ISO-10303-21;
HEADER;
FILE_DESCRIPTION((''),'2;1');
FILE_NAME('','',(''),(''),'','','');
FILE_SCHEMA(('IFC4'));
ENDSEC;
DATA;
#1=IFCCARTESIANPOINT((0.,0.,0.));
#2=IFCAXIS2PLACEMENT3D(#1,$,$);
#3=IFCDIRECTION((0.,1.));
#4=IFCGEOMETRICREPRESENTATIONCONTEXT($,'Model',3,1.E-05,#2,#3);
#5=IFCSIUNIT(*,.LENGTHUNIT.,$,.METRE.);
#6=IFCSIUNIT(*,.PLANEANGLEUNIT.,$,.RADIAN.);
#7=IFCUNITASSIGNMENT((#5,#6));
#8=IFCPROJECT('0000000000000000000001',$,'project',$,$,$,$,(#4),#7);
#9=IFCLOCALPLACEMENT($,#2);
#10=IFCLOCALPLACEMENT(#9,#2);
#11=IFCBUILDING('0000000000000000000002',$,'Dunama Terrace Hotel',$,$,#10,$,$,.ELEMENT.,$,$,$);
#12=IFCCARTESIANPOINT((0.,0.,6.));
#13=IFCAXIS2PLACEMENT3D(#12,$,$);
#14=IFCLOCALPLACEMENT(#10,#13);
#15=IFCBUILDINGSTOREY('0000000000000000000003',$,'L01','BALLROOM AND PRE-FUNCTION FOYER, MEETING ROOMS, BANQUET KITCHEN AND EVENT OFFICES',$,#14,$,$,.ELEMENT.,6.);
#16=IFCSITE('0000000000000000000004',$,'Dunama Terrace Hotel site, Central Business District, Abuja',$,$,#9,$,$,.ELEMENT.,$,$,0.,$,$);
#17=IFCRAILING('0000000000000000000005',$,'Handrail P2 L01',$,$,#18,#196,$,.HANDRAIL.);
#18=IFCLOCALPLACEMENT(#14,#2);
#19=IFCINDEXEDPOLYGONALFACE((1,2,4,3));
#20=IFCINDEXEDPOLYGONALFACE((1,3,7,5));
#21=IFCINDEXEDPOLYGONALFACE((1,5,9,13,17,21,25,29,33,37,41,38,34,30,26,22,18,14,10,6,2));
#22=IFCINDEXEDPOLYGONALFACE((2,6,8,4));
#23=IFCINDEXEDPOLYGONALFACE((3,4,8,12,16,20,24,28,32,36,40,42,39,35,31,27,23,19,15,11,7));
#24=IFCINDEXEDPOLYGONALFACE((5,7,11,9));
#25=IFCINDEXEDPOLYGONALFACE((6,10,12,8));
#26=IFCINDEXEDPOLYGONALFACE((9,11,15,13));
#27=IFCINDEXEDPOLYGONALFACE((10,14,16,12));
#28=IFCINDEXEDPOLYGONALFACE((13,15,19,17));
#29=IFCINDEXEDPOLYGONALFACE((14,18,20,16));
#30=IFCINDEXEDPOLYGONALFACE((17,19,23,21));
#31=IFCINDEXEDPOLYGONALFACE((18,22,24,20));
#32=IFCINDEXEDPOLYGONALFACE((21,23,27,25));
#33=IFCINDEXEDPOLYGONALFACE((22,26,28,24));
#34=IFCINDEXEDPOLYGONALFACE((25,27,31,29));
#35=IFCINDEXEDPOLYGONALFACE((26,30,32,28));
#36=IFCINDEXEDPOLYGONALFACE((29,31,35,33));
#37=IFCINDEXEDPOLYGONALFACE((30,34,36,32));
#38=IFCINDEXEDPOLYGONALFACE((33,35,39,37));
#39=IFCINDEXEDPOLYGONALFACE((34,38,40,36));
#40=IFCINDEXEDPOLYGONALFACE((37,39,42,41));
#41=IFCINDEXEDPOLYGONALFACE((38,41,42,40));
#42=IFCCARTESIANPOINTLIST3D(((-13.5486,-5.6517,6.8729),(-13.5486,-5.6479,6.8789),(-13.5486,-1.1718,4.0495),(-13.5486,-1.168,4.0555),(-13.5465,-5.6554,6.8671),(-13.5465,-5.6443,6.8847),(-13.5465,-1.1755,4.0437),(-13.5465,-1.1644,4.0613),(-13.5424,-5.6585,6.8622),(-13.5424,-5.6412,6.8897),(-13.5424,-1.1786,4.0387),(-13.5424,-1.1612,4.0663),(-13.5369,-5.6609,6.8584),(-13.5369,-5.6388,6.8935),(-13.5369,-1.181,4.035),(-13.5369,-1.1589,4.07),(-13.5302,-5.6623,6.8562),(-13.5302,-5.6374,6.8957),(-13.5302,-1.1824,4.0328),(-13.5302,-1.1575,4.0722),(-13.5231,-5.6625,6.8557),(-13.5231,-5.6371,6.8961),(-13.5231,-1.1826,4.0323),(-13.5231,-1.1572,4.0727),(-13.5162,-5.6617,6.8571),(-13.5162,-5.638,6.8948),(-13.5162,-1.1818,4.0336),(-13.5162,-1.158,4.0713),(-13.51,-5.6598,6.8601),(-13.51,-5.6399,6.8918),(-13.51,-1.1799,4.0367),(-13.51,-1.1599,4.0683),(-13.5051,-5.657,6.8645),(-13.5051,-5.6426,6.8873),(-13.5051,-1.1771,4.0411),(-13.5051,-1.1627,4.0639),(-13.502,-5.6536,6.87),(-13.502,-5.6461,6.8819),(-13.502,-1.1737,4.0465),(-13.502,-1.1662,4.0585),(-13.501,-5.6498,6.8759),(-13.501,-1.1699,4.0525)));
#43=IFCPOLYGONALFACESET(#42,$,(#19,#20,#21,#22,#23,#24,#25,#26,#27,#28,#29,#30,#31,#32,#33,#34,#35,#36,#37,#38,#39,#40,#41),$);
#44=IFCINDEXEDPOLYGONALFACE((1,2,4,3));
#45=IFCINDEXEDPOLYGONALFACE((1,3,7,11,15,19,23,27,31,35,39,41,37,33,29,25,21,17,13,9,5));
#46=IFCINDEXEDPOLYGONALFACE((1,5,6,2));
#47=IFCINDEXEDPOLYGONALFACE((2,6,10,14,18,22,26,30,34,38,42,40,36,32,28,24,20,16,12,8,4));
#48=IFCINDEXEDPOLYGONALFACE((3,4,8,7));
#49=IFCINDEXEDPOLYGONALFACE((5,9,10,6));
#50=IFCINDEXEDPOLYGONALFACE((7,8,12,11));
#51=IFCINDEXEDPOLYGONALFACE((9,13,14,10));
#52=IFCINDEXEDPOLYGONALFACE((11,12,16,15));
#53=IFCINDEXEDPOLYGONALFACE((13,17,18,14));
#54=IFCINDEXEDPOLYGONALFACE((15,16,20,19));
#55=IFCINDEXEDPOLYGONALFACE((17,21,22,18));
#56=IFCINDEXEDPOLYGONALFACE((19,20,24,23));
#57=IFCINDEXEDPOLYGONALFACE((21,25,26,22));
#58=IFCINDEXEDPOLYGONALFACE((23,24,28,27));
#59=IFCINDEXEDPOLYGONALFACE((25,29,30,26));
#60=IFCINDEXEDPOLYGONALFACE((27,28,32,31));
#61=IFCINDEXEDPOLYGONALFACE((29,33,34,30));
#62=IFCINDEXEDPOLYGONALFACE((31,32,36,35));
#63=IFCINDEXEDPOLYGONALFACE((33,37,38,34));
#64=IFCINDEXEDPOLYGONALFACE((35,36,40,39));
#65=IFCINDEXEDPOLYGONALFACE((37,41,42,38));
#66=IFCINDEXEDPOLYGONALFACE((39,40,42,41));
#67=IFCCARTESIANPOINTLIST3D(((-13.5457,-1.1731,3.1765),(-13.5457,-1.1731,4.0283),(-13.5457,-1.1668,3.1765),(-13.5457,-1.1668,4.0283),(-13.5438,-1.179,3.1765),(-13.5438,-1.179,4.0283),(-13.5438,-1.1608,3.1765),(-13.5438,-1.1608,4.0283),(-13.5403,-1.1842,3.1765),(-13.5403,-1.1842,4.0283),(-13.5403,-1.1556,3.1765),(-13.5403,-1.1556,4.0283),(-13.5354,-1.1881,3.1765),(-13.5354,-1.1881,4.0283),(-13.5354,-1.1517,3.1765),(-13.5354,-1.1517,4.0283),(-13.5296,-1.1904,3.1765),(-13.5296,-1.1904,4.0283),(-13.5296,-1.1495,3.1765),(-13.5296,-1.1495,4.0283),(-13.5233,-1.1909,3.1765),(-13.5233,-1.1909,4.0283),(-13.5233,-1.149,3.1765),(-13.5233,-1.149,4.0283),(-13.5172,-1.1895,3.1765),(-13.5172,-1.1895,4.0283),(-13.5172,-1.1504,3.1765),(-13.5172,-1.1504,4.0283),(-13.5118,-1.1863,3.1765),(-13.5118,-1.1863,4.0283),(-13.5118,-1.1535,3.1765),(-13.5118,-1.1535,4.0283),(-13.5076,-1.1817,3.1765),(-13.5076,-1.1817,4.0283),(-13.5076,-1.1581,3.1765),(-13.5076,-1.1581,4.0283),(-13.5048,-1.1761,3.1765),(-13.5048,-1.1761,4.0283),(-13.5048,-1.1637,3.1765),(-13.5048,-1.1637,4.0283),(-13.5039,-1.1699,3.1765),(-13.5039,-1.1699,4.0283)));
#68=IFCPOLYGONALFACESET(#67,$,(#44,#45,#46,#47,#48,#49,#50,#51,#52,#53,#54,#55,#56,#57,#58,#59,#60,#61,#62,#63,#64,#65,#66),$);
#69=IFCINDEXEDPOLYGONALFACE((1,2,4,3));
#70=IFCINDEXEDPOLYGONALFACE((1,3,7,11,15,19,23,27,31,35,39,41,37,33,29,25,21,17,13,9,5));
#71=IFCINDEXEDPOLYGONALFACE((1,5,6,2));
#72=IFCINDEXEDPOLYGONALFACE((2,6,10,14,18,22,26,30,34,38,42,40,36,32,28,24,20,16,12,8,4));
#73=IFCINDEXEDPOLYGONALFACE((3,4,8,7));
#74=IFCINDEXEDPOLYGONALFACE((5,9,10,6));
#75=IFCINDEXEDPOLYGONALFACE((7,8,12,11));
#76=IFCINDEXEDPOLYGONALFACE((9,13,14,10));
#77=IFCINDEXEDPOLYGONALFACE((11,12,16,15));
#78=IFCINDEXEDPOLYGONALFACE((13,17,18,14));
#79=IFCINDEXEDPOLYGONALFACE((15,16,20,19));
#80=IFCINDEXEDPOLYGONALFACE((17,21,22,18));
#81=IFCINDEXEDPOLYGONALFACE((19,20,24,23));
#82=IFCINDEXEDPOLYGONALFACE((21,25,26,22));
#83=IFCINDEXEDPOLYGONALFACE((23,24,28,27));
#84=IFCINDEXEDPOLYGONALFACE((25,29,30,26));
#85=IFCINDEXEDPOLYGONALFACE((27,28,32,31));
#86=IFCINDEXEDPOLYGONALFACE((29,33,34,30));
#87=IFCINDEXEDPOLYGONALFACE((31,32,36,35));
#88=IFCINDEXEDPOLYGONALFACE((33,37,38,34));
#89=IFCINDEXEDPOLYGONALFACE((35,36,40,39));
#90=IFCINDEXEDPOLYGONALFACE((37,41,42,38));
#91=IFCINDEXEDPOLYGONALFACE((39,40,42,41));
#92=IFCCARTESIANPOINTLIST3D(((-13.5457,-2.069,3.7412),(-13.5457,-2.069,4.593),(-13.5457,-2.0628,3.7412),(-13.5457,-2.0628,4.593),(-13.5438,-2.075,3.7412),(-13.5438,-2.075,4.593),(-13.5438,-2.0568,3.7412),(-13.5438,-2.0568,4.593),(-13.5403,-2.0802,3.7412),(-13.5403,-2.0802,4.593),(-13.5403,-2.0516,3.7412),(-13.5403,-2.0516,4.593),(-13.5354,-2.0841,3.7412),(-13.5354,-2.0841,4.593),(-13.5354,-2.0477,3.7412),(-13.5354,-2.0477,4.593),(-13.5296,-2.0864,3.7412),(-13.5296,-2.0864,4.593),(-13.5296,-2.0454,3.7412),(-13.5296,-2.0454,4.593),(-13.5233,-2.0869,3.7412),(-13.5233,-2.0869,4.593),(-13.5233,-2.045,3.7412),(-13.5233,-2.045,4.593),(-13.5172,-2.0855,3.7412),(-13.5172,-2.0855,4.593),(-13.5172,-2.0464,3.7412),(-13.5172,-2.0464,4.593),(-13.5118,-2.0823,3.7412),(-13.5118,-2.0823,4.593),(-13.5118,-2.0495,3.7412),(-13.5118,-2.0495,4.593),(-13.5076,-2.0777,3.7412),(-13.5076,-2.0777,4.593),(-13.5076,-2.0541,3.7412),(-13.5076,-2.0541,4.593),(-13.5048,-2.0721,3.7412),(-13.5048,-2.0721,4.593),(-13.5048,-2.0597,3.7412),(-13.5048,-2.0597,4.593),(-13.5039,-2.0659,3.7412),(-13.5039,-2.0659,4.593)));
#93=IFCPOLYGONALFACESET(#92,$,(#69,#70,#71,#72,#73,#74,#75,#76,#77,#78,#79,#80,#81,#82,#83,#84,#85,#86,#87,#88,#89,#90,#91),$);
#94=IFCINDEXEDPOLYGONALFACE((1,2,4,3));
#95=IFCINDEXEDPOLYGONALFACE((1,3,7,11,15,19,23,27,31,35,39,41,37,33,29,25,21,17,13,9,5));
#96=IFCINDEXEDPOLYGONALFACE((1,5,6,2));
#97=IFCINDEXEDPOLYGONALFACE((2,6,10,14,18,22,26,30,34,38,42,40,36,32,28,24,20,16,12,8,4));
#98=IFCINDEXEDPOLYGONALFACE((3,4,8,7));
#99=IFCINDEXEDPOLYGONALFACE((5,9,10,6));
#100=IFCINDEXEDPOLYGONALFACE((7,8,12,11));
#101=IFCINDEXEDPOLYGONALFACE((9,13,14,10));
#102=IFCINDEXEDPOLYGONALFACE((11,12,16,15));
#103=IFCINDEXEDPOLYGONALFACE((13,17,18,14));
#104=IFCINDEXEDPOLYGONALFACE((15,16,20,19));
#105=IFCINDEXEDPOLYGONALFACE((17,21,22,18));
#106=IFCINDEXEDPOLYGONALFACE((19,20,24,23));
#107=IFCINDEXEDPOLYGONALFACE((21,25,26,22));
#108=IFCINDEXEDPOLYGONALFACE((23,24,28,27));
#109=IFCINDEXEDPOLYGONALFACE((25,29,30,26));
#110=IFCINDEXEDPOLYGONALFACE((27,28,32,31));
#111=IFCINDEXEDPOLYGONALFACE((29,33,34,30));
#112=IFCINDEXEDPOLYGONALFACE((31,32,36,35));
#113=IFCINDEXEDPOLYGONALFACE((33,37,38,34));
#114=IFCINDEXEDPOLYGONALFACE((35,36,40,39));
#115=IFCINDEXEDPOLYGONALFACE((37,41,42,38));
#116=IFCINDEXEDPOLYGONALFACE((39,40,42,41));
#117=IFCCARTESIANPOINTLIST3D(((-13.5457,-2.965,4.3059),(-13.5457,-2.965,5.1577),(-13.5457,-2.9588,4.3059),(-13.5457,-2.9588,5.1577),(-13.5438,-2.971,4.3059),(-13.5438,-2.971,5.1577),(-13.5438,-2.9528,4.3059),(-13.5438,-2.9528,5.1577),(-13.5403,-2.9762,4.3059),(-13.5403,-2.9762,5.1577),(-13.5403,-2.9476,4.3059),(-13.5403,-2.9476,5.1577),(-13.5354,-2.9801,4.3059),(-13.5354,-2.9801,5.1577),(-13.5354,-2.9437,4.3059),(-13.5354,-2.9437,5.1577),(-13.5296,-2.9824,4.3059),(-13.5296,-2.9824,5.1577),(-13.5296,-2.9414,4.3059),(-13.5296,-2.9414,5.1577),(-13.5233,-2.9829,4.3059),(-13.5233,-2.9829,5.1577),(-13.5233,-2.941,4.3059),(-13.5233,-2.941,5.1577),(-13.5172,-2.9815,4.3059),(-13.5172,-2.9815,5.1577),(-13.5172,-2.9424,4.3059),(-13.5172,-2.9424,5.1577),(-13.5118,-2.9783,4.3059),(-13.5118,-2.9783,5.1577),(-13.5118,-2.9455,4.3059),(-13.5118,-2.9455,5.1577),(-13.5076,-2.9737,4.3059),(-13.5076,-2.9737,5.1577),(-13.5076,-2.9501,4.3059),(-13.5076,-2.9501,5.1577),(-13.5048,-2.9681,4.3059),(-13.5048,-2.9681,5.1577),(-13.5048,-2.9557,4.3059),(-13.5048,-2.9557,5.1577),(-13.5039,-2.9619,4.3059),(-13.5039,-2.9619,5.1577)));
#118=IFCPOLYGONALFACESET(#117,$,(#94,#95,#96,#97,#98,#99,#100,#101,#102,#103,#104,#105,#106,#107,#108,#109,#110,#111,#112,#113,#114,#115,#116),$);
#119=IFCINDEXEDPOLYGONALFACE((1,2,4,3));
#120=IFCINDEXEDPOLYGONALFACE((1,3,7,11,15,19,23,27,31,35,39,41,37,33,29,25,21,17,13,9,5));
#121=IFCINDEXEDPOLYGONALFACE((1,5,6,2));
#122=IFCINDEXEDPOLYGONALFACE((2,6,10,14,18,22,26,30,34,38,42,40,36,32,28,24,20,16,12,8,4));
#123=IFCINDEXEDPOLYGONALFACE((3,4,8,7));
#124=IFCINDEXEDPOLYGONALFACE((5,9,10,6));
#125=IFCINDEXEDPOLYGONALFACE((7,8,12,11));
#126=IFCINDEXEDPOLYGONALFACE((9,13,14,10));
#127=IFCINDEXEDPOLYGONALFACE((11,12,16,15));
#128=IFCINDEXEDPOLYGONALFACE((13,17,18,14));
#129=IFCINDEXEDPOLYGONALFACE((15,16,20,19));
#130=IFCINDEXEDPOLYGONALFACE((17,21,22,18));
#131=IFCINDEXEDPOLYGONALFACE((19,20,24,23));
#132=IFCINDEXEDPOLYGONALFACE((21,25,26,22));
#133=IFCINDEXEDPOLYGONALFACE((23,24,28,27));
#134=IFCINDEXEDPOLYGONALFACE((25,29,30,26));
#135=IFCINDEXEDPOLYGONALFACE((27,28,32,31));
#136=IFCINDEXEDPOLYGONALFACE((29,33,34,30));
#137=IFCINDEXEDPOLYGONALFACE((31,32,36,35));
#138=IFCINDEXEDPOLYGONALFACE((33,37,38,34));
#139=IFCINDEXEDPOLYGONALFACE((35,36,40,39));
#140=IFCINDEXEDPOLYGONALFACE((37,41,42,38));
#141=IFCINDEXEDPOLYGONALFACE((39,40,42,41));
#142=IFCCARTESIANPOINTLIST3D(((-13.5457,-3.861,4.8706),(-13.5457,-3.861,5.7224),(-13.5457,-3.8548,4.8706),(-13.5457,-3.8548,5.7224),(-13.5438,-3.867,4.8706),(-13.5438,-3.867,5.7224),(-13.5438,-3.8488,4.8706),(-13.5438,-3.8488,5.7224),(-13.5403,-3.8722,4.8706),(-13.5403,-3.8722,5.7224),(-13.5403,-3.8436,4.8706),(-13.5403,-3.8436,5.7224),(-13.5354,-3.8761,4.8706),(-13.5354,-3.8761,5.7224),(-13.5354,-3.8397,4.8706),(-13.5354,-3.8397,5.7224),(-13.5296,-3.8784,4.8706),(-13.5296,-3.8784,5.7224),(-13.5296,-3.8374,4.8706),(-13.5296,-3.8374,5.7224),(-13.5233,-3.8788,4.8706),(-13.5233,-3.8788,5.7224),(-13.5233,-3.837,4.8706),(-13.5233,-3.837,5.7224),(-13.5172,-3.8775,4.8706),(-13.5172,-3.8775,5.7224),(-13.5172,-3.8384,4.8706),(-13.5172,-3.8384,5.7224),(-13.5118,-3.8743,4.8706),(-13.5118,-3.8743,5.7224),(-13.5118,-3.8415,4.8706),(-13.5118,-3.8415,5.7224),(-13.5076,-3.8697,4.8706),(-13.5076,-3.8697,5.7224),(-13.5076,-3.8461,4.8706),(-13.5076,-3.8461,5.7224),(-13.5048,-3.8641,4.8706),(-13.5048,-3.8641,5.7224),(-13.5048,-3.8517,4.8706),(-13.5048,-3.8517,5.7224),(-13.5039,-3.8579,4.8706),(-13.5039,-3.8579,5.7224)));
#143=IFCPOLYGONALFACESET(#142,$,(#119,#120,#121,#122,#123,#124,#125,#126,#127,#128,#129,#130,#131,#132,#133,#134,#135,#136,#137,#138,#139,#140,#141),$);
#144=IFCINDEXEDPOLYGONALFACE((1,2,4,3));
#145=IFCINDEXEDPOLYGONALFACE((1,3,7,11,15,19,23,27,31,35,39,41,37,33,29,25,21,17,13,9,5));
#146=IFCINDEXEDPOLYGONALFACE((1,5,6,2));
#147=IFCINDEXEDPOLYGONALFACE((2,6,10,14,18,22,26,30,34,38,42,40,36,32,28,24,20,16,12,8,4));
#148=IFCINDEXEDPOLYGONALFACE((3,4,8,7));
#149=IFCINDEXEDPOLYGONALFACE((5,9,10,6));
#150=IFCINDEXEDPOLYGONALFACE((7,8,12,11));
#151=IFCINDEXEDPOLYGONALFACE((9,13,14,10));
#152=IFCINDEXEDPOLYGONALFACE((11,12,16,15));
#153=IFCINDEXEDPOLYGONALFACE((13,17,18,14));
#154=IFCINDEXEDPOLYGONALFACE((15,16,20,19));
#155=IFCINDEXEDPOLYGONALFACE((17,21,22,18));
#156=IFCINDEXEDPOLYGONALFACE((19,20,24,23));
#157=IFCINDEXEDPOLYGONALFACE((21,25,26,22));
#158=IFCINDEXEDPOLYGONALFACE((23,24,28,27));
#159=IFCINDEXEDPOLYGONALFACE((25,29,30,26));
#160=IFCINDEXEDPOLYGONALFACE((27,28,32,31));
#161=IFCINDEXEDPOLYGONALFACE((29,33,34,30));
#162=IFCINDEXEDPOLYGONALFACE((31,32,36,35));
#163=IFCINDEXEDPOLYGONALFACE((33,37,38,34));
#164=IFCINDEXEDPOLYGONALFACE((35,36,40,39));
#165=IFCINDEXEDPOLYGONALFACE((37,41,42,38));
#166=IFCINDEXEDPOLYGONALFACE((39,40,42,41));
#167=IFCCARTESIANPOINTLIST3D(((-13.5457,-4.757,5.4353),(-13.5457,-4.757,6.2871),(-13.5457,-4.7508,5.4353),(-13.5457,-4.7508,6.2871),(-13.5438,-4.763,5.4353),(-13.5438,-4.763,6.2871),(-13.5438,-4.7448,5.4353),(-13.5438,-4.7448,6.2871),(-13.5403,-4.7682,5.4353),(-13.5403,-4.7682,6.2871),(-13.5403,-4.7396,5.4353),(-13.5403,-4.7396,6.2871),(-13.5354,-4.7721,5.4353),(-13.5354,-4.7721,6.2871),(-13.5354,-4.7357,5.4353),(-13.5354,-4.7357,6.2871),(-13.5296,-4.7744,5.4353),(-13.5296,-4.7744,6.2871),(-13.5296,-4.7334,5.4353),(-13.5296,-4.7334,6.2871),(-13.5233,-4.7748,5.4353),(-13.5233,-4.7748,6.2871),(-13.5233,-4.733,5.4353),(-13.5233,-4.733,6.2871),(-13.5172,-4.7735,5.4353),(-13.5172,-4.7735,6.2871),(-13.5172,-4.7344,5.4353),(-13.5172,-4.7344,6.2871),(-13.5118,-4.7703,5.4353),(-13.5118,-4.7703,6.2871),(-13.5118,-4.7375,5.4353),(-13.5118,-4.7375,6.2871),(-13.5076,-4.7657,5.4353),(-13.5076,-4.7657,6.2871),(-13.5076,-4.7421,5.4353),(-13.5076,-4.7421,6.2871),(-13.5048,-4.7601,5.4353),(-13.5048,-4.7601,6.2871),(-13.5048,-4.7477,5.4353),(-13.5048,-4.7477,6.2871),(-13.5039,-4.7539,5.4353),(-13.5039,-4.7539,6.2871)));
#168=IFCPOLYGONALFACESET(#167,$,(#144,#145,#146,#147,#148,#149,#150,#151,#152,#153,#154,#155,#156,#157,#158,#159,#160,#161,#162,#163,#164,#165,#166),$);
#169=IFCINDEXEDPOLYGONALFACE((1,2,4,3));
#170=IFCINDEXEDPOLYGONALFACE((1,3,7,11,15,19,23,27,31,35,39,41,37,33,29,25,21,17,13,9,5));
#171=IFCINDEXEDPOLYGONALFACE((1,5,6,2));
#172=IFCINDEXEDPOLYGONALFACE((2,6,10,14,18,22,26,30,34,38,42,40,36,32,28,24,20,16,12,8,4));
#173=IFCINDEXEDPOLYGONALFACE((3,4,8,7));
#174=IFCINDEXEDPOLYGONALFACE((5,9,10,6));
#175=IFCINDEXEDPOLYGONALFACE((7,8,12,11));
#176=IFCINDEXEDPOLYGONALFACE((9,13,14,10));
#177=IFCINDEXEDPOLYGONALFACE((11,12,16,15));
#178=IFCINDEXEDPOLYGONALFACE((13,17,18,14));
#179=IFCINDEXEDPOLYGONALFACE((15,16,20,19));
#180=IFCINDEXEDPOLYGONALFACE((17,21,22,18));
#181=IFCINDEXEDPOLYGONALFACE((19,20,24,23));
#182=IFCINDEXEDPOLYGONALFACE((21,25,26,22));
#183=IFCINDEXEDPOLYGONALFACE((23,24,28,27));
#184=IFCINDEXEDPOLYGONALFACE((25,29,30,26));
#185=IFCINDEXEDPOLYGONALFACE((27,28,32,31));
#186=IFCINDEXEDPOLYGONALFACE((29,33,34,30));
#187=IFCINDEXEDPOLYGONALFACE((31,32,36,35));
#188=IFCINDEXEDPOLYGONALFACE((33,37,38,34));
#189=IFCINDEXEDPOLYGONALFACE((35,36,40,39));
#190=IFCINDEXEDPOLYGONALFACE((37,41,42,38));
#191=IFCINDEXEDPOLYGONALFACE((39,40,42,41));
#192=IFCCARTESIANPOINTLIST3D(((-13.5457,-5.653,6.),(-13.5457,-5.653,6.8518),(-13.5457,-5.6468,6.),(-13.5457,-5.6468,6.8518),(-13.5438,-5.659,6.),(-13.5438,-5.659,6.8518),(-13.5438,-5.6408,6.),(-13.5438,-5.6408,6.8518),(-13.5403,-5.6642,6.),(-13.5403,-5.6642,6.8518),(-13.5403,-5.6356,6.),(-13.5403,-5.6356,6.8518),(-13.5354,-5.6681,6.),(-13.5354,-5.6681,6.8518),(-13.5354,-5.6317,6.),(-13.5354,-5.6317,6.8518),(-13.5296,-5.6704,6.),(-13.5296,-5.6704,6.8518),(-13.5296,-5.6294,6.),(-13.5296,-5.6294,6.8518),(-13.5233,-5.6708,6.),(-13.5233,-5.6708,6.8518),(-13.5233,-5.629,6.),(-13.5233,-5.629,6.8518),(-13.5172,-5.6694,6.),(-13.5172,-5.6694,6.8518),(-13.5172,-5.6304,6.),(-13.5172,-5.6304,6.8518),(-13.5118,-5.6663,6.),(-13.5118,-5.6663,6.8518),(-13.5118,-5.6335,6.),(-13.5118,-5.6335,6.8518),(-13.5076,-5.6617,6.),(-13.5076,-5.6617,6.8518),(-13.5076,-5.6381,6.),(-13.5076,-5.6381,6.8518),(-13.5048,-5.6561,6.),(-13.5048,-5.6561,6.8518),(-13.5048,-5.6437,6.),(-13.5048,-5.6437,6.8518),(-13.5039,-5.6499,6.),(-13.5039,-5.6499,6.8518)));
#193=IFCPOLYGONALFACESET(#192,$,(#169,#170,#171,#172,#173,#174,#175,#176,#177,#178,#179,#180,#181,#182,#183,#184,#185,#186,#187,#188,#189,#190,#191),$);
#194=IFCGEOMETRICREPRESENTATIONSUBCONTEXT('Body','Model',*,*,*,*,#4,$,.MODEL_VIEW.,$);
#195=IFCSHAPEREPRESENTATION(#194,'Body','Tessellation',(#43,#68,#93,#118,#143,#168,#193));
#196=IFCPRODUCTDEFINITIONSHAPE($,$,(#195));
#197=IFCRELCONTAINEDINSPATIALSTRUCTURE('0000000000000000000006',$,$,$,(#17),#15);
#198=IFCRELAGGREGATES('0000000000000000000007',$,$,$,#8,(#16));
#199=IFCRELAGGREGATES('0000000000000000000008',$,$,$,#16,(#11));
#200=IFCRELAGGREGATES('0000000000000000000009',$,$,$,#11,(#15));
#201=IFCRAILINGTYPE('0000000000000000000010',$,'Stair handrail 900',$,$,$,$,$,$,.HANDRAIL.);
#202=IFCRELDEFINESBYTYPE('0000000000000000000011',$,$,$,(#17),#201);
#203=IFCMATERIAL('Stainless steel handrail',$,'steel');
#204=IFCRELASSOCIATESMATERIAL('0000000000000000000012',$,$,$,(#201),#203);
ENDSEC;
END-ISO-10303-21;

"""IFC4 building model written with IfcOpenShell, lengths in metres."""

from ifc_helpers import new_model, si_unit, direction, frame, origin, origin_2d, place, context, subcontext, project, spatial, circle, extrude, material, type_object, element, save


model = new_model("IFC4")

# Units and contexts
model_context = context("Model", 3, precision=1e-05, world=origin(), true_north=direction((0.0, 1.0)))
body_context = subcontext(model_context, "Body", "Model", "MODEL_VIEW")
ifc_project = project(units=[si_unit("LENGTHUNIT", "METRE"), si_unit("PLANEANGLEUNIT", "RADIAN")], contexts=[model_context])

# Site, building, storey
site_placement = place(None, origin())
site = spatial("IfcSite", under=ifc_project, at=site_placement, Name="Dunama Terrace Hotel site, Central Business District, Abuja", CompositionType="ELEMENT", RefElevation=0.0)
building_placement = place(site_placement, origin())
building = spatial("IfcBuilding", under=site, at=building_placement, Name="Dunama Terrace Hotel", CompositionType="ELEMENT")
storey_placement = place(building_placement, frame((0.0, 0.0, 6.0)))
storey = spatial("IfcBuildingStorey", under=building, at=storey_placement, Name="L01", Description="BALLROOM AND PRE-FUNCTION FOYER, MEETING ROOMS, BANQUET KITCHEN AND EVENT OFFICES", CompositionType="ELEMENT", Elevation=6.0)

# Railing
ifc_material_1 = material(Name="Stainless steel handrail", Category="steel")
railing_type = type_object("IfcRailingType", Name="Stair handrail 900", PredefinedType="HANDRAIL", material=ifc_material_1)
railing_placement = place(storey_placement, frame((-13.5249, -1.1699, 3.1765)))
element("IfcRailing", 1, at=railing_placement, inside=storey, type_object=railing_type, Name="Handrail P2 L01", PredefinedType="HANDRAIL", context=body_context, shape_type="SweptSolid", body=[
    extrude(circle(Radius=0.0239, at=origin_2d()), frame((0.0, 0.0, 0.876), z_axis=(0.0, -0.845998, 0.533186), x_axis=(1.0, 0.0, 0.0)), (0.0, 0.0, 1.0), 5.2954),
    extrude(circle(Radius=0.021, at=origin_2d()), origin(), (0.0, 0.0, 1.0), 0.8518),
    extrude(circle(Radius=0.021, at=origin_2d()), frame((0.0, -0.896, 0.5647)), (0.0, 0.0, 1.0), 0.8518),
    extrude(circle(Radius=0.021, at=origin_2d()), frame((0.0, -1.792, 1.1294)), (0.0, 0.0, 1.0), 0.8518),
    extrude(circle(Radius=0.021, at=origin_2d()), frame((0.0, -2.688, 1.6941)), (0.0, 0.0, 1.0), 0.8518),
    extrude(circle(Radius=0.021, at=origin_2d()), frame((0.0, -3.584, 2.2588)), (0.0, 0.0, 1.0), 0.8518),
    extrude(circle(Radius=0.021, at=origin_2d()), frame((0.0, -4.48, 2.8235)), (0.0, 0.0, 1.0), 0.8518),
])

save(model, "model.ifc")
